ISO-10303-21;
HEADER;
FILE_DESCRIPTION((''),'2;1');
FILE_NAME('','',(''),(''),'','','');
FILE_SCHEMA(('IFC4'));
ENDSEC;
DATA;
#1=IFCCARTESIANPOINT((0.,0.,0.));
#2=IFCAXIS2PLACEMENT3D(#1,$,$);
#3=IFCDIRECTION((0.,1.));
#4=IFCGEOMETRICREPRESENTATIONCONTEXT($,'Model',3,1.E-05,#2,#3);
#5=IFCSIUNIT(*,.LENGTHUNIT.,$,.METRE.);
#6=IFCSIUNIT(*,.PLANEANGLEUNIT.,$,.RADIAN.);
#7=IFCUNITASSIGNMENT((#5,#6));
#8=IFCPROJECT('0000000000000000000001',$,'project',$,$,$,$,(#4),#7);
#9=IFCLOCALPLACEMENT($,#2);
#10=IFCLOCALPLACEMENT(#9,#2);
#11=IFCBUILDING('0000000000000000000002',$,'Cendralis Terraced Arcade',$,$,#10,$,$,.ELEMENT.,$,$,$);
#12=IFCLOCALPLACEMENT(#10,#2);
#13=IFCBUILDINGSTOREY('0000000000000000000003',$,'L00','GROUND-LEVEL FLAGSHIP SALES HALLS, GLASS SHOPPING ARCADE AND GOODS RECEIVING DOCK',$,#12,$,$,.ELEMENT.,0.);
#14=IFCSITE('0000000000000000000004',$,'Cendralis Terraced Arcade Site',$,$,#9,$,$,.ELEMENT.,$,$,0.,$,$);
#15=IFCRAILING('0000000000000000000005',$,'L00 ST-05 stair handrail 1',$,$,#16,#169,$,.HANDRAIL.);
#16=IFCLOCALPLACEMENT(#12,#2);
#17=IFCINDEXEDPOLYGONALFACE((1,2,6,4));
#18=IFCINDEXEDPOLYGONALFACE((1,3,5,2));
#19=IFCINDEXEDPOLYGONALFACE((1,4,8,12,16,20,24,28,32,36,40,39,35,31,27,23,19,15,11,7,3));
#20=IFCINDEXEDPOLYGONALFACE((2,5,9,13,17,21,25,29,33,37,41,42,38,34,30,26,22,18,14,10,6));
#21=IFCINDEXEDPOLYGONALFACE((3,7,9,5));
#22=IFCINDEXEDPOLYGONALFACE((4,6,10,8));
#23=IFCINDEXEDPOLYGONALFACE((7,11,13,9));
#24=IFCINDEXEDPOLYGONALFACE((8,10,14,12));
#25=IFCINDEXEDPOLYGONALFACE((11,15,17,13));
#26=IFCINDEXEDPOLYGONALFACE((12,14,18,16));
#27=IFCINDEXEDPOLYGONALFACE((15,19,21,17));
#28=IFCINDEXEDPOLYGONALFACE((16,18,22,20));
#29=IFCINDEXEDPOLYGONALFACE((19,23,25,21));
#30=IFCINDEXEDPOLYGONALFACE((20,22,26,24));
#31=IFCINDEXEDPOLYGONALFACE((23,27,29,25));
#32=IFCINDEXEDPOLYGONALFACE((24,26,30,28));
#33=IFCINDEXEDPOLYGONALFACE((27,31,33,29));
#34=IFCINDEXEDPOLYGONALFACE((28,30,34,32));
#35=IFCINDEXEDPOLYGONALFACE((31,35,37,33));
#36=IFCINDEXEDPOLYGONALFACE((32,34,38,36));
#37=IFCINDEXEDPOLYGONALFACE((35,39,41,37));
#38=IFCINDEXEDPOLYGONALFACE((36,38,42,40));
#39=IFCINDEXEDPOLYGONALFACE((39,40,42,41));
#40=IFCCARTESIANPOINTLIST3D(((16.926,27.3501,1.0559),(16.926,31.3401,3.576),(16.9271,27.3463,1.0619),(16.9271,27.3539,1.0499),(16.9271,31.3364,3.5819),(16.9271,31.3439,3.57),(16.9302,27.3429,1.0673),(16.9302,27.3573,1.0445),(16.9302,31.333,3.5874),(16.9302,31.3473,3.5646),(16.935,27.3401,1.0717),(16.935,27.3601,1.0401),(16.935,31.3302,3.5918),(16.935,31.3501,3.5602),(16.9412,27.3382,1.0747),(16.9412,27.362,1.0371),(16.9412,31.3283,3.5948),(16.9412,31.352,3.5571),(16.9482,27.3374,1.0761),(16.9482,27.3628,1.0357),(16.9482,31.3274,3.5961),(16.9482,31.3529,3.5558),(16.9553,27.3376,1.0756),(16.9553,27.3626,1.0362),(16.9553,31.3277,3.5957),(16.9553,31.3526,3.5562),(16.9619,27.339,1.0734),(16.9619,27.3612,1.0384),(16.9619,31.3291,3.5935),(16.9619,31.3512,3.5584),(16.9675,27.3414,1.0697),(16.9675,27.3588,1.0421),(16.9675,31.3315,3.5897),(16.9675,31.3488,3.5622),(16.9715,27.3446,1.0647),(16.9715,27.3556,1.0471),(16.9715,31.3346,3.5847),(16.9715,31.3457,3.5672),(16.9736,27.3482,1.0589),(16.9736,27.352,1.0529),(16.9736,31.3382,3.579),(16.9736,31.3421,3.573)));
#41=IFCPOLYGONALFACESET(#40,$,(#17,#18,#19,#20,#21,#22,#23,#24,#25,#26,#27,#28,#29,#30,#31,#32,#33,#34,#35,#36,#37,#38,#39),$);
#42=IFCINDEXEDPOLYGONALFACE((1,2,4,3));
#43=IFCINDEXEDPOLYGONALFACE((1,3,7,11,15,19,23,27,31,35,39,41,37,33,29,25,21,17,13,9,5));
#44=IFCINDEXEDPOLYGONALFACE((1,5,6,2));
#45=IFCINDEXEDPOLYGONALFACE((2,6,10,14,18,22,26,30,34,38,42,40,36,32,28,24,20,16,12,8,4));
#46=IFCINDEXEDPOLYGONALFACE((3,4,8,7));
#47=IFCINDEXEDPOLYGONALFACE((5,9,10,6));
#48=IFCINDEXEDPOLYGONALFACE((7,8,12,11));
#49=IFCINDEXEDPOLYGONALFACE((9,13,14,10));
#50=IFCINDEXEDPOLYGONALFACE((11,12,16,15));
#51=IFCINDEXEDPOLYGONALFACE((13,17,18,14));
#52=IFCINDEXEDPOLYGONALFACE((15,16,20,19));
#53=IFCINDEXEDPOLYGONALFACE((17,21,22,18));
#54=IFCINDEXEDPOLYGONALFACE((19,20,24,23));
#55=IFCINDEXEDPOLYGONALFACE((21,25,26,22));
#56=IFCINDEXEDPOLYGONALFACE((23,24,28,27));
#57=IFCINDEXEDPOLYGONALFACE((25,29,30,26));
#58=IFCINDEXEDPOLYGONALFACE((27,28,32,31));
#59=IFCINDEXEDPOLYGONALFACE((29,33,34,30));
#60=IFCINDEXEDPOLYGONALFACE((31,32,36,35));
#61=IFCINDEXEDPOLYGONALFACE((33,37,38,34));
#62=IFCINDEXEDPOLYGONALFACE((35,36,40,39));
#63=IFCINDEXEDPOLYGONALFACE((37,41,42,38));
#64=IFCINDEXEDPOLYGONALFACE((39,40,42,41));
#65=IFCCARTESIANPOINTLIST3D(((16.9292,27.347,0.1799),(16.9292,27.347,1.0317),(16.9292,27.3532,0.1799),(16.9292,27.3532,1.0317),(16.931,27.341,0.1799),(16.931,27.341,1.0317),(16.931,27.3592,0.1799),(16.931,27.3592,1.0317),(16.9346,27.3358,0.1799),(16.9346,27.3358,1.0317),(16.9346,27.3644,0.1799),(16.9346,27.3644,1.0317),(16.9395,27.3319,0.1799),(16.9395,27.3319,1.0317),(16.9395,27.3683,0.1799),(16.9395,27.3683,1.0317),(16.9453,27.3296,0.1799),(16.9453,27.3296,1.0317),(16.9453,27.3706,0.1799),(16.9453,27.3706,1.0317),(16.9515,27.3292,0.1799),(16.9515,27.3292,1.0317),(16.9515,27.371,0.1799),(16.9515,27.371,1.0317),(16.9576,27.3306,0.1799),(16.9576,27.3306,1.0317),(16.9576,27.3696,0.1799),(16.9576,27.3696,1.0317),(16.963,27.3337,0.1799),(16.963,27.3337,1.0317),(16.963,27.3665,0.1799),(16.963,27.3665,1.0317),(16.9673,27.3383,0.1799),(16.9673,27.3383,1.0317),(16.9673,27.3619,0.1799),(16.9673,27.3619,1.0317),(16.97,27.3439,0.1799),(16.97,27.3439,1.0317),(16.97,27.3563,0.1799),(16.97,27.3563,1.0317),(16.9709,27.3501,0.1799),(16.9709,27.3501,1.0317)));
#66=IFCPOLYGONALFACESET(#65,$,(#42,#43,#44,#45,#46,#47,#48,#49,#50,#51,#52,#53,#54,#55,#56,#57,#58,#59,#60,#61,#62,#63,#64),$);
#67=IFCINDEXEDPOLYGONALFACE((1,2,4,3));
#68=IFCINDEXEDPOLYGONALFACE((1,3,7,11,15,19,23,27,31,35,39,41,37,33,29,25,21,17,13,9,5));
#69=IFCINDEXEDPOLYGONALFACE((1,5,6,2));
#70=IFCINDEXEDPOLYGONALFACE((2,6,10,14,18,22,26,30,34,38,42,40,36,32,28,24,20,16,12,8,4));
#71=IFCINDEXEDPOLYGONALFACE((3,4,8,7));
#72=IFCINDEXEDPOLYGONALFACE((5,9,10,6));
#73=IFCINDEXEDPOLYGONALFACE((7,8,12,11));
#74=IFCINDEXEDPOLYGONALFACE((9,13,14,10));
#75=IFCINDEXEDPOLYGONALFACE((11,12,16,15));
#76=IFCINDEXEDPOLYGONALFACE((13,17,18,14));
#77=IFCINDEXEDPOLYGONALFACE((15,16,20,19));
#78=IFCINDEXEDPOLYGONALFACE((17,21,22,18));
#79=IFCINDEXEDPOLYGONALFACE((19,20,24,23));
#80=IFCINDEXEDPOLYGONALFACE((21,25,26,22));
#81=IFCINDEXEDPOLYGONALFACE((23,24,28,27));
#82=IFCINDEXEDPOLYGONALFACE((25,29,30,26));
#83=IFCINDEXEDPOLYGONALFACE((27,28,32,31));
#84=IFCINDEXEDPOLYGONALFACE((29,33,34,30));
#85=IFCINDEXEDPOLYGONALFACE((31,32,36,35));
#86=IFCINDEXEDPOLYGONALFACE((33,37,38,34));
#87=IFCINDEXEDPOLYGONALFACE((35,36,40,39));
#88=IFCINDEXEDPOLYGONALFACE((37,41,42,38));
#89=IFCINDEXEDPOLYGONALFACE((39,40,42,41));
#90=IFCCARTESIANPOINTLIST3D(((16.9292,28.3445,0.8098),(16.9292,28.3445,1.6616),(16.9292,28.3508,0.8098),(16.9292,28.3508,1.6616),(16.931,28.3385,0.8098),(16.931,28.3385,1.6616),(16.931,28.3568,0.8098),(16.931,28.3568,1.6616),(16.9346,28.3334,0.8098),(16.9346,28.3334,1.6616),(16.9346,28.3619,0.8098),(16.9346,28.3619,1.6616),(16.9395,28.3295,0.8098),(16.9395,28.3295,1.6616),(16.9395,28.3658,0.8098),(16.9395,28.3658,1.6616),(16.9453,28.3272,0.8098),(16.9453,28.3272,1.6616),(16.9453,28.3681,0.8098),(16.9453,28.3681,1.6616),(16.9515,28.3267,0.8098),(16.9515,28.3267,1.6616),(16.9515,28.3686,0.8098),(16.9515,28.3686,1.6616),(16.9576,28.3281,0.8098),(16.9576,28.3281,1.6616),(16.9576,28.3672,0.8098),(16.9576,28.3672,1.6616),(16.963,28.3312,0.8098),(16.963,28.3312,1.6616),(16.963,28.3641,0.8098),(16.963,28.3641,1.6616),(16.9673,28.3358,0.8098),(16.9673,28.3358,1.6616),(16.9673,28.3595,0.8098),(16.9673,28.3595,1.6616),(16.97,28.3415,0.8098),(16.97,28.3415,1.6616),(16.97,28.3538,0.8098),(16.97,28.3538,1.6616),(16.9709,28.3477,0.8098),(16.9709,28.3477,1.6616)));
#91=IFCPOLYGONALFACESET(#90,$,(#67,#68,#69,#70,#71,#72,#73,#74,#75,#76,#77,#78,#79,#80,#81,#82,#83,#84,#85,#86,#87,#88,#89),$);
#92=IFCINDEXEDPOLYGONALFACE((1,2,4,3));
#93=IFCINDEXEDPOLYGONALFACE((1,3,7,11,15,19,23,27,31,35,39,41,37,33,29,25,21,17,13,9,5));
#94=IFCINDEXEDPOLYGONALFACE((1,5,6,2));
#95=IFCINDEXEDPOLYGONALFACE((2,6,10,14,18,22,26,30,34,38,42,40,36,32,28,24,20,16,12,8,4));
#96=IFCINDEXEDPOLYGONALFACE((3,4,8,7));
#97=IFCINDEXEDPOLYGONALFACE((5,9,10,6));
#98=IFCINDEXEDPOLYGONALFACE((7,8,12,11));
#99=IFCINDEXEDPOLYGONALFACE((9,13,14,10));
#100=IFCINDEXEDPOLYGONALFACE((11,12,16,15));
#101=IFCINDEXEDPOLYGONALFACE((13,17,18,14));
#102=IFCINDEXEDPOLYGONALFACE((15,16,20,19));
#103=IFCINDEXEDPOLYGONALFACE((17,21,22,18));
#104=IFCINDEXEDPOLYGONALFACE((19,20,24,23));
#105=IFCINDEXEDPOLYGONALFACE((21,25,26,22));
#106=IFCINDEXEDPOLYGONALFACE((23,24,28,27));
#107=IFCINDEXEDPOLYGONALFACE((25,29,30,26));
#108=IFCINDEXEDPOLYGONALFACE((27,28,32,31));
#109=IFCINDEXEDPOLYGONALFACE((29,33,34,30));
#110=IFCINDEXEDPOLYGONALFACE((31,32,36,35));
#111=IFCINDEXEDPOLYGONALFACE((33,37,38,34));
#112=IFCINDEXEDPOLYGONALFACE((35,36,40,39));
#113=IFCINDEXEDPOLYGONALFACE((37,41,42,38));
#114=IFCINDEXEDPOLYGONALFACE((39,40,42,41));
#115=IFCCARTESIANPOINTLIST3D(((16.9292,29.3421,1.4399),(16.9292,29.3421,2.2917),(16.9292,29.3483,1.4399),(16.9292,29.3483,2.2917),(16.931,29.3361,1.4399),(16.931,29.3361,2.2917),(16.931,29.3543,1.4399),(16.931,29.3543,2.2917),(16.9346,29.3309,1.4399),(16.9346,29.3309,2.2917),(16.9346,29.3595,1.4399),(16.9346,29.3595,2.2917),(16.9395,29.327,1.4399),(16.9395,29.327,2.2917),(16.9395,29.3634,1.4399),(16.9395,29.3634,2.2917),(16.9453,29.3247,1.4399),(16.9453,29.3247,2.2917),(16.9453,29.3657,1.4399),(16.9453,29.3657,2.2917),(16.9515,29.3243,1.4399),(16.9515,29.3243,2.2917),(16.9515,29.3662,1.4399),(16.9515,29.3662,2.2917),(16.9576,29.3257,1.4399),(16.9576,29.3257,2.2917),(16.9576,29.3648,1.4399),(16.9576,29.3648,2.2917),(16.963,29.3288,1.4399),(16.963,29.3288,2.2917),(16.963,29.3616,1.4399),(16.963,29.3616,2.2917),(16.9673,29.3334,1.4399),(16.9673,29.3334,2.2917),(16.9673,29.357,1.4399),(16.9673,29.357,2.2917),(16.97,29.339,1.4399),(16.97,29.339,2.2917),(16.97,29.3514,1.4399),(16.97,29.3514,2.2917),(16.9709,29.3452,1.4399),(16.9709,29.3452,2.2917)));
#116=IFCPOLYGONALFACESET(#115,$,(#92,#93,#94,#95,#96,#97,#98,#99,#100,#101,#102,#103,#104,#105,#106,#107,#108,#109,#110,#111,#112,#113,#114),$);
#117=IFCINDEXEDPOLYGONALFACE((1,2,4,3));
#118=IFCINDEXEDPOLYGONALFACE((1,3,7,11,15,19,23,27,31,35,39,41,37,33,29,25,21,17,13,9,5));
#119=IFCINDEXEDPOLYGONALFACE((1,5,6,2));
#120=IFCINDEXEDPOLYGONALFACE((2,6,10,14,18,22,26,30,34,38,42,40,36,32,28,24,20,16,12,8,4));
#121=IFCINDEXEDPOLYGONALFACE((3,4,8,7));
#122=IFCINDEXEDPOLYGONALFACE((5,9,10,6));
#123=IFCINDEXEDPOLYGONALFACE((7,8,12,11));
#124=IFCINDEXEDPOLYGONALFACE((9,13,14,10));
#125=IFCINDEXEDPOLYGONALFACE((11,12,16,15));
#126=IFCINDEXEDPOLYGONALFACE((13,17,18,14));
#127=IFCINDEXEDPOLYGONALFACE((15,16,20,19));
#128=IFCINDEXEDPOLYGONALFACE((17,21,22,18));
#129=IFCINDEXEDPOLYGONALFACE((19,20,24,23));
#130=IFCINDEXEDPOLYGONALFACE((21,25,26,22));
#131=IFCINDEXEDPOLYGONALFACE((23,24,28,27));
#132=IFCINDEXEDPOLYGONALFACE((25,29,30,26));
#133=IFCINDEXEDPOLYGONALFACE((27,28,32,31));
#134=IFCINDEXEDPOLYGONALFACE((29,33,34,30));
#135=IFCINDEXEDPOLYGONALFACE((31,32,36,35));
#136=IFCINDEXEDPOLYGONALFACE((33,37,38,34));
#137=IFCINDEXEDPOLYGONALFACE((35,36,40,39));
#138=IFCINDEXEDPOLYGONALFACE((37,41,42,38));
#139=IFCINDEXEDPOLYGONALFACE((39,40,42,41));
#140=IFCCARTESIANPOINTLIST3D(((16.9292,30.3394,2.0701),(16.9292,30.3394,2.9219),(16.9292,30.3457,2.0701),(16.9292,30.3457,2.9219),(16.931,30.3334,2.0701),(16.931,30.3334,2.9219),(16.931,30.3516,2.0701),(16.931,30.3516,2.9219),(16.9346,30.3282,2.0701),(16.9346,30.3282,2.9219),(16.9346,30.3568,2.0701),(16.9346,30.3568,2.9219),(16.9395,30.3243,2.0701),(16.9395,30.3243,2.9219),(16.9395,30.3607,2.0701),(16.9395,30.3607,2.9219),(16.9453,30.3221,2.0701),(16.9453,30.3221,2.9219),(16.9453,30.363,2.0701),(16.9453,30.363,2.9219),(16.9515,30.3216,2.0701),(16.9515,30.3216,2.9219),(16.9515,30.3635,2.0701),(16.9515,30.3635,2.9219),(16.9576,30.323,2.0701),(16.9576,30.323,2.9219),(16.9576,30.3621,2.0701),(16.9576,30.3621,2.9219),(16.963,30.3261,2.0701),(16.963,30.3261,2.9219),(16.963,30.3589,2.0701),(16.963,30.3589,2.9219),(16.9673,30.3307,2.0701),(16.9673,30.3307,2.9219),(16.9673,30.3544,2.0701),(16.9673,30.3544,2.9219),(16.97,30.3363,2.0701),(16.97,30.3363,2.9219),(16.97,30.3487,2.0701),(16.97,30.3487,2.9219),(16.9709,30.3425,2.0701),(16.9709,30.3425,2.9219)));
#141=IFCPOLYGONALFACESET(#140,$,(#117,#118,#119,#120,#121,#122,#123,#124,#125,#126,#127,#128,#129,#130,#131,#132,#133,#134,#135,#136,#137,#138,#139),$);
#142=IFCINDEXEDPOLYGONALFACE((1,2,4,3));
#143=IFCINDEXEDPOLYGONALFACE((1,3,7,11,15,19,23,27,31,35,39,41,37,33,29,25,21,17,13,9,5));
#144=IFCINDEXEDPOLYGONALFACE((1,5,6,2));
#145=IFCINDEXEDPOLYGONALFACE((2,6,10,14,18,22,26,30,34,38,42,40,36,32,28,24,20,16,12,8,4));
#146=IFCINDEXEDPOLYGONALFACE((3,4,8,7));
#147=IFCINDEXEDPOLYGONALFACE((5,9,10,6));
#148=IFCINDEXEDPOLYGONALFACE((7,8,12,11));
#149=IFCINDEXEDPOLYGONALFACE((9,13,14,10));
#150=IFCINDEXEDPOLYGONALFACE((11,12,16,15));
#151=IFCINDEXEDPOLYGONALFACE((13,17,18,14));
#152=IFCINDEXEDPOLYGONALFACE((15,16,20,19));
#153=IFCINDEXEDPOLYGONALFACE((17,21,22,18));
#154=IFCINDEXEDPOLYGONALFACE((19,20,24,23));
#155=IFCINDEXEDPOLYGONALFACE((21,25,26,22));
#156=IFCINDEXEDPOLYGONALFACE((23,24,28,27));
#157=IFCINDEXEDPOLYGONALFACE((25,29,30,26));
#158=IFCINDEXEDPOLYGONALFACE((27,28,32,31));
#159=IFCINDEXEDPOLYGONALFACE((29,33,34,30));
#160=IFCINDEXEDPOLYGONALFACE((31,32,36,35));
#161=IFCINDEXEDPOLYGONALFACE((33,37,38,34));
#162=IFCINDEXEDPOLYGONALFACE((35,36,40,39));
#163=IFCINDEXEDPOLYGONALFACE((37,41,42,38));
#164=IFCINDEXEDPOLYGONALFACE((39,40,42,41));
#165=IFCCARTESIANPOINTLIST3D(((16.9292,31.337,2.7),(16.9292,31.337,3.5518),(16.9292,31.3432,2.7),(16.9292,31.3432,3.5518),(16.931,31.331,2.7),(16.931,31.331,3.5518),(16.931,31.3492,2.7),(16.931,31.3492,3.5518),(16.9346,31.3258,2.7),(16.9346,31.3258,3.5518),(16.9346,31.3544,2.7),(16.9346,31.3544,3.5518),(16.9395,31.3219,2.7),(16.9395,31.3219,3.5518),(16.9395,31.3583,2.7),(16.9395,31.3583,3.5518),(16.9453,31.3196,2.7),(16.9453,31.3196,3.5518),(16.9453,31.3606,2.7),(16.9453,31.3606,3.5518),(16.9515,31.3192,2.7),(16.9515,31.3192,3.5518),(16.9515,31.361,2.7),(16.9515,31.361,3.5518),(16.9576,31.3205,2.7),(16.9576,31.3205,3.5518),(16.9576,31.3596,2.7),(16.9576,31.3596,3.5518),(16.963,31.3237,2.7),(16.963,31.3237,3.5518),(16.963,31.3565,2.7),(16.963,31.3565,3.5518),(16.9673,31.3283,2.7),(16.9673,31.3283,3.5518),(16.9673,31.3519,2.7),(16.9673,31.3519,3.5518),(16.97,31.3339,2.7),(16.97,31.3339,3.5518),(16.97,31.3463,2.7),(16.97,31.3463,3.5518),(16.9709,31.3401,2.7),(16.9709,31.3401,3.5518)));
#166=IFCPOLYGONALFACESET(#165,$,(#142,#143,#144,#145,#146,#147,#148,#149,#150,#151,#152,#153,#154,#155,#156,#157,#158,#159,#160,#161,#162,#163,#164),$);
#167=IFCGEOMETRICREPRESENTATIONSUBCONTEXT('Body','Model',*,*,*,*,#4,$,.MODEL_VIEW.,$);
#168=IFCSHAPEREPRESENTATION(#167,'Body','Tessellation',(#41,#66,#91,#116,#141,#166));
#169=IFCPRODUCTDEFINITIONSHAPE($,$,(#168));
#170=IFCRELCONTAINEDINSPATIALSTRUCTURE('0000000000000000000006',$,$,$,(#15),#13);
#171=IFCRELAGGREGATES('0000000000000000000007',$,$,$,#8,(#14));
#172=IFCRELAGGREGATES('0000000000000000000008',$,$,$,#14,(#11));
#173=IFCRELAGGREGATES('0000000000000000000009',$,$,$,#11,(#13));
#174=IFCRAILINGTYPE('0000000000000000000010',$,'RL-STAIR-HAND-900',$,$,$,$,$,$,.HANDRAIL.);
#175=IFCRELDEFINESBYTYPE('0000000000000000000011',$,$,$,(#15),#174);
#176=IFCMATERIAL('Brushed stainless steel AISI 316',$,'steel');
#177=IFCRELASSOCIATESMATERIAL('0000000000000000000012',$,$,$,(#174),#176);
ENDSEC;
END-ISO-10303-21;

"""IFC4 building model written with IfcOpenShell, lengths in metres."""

from ifc_helpers import new_model, si_unit, direction, frame, origin, origin_2d, place, context, subcontext, project, spatial, circle, extrude, material, type_object, element, save


model = new_model("IFC4")

# Units and contexts
model_context = context("Model", 3, precision=1e-05, world=origin(), true_north=direction((0.0, 1.0)))
body_context = subcontext(model_context, "Body", "Model", "MODEL_VIEW")
ifc_project = project(units=[si_unit("LENGTHUNIT", "METRE"), si_unit("PLANEANGLEUNIT", "RADIAN")], contexts=[model_context])

# Site, building, storey
site_placement = place(None, origin())
site = spatial("IfcSite", under=ifc_project, at=site_placement, Name="Cendralis Terraced Arcade Site", CompositionType="ELEMENT", RefElevation=0.0)
building_placement = place(site_placement, origin())
building = spatial("IfcBuilding", under=site, at=building_placement, Name="Cendralis Terraced Arcade", CompositionType="ELEMENT")
storey_placement = place(building_placement, origin())
storey = spatial("IfcBuildingStorey", under=building, at=storey_placement, Name="L00", Description="GROUND-LEVEL FLAGSHIP SALES HALLS, GLASS SHOPPING ARCADE AND GOODS RECEIVING DOCK", CompositionType="ELEMENT", Elevation=0.0)

# Railing
ifc_material_1 = material(Name="Brushed stainless steel AISI 316", Category="steel")
railing_type_1 = type_object("IfcRailingType", Name="RL-STAIR-HAND-900", PredefinedType="HANDRAIL", material=ifc_material_1)
railing_1_placement = place(storey_placement, frame((16.95, 27.3501, 0.1799)))
element("IfcRailing", 1, at=railing_1_placement, inside=storey, type_object=railing_type_1, Name="L00 ST-05 stair handrail 1", PredefinedType="HANDRAIL", context=body_context, shape_type="SweptSolid", body=[
    extrude(circle(Radius=0.0239, at=origin_2d()), frame((0.0, 0.0, 0.876), z_axis=(0.0, 0.845486, 0.533997), x_axis=(-1.0, 0.0, 0.0)), (0.0, 0.0, 1.0), 4.7192),
    extrude(circle(Radius=0.021, at=origin_2d()), origin(), (0.0, 0.0, 1.0), 0.8518),
    extrude(circle(Radius=0.021, at=origin_2d()), frame((0.0, 0.9976, 0.6299)), (0.0, 0.0, 1.0), 0.8518),
    extrude(circle(Radius=0.021, at=origin_2d()), frame((0.0, 1.9951, 1.26)), (0.0, 0.0, 1.0), 0.8518),
    extrude(circle(Radius=0.021, at=origin_2d()), frame((0.0, 2.9924, 1.8901)), (0.0, 0.0, 1.0), 0.8518),
    extrude(circle(Radius=0.021, at=origin_2d()), frame((0.0, 3.99, 2.52)), (0.0, 0.0, 1.0), 0.8518),
])

save(model, "model.ifc")
